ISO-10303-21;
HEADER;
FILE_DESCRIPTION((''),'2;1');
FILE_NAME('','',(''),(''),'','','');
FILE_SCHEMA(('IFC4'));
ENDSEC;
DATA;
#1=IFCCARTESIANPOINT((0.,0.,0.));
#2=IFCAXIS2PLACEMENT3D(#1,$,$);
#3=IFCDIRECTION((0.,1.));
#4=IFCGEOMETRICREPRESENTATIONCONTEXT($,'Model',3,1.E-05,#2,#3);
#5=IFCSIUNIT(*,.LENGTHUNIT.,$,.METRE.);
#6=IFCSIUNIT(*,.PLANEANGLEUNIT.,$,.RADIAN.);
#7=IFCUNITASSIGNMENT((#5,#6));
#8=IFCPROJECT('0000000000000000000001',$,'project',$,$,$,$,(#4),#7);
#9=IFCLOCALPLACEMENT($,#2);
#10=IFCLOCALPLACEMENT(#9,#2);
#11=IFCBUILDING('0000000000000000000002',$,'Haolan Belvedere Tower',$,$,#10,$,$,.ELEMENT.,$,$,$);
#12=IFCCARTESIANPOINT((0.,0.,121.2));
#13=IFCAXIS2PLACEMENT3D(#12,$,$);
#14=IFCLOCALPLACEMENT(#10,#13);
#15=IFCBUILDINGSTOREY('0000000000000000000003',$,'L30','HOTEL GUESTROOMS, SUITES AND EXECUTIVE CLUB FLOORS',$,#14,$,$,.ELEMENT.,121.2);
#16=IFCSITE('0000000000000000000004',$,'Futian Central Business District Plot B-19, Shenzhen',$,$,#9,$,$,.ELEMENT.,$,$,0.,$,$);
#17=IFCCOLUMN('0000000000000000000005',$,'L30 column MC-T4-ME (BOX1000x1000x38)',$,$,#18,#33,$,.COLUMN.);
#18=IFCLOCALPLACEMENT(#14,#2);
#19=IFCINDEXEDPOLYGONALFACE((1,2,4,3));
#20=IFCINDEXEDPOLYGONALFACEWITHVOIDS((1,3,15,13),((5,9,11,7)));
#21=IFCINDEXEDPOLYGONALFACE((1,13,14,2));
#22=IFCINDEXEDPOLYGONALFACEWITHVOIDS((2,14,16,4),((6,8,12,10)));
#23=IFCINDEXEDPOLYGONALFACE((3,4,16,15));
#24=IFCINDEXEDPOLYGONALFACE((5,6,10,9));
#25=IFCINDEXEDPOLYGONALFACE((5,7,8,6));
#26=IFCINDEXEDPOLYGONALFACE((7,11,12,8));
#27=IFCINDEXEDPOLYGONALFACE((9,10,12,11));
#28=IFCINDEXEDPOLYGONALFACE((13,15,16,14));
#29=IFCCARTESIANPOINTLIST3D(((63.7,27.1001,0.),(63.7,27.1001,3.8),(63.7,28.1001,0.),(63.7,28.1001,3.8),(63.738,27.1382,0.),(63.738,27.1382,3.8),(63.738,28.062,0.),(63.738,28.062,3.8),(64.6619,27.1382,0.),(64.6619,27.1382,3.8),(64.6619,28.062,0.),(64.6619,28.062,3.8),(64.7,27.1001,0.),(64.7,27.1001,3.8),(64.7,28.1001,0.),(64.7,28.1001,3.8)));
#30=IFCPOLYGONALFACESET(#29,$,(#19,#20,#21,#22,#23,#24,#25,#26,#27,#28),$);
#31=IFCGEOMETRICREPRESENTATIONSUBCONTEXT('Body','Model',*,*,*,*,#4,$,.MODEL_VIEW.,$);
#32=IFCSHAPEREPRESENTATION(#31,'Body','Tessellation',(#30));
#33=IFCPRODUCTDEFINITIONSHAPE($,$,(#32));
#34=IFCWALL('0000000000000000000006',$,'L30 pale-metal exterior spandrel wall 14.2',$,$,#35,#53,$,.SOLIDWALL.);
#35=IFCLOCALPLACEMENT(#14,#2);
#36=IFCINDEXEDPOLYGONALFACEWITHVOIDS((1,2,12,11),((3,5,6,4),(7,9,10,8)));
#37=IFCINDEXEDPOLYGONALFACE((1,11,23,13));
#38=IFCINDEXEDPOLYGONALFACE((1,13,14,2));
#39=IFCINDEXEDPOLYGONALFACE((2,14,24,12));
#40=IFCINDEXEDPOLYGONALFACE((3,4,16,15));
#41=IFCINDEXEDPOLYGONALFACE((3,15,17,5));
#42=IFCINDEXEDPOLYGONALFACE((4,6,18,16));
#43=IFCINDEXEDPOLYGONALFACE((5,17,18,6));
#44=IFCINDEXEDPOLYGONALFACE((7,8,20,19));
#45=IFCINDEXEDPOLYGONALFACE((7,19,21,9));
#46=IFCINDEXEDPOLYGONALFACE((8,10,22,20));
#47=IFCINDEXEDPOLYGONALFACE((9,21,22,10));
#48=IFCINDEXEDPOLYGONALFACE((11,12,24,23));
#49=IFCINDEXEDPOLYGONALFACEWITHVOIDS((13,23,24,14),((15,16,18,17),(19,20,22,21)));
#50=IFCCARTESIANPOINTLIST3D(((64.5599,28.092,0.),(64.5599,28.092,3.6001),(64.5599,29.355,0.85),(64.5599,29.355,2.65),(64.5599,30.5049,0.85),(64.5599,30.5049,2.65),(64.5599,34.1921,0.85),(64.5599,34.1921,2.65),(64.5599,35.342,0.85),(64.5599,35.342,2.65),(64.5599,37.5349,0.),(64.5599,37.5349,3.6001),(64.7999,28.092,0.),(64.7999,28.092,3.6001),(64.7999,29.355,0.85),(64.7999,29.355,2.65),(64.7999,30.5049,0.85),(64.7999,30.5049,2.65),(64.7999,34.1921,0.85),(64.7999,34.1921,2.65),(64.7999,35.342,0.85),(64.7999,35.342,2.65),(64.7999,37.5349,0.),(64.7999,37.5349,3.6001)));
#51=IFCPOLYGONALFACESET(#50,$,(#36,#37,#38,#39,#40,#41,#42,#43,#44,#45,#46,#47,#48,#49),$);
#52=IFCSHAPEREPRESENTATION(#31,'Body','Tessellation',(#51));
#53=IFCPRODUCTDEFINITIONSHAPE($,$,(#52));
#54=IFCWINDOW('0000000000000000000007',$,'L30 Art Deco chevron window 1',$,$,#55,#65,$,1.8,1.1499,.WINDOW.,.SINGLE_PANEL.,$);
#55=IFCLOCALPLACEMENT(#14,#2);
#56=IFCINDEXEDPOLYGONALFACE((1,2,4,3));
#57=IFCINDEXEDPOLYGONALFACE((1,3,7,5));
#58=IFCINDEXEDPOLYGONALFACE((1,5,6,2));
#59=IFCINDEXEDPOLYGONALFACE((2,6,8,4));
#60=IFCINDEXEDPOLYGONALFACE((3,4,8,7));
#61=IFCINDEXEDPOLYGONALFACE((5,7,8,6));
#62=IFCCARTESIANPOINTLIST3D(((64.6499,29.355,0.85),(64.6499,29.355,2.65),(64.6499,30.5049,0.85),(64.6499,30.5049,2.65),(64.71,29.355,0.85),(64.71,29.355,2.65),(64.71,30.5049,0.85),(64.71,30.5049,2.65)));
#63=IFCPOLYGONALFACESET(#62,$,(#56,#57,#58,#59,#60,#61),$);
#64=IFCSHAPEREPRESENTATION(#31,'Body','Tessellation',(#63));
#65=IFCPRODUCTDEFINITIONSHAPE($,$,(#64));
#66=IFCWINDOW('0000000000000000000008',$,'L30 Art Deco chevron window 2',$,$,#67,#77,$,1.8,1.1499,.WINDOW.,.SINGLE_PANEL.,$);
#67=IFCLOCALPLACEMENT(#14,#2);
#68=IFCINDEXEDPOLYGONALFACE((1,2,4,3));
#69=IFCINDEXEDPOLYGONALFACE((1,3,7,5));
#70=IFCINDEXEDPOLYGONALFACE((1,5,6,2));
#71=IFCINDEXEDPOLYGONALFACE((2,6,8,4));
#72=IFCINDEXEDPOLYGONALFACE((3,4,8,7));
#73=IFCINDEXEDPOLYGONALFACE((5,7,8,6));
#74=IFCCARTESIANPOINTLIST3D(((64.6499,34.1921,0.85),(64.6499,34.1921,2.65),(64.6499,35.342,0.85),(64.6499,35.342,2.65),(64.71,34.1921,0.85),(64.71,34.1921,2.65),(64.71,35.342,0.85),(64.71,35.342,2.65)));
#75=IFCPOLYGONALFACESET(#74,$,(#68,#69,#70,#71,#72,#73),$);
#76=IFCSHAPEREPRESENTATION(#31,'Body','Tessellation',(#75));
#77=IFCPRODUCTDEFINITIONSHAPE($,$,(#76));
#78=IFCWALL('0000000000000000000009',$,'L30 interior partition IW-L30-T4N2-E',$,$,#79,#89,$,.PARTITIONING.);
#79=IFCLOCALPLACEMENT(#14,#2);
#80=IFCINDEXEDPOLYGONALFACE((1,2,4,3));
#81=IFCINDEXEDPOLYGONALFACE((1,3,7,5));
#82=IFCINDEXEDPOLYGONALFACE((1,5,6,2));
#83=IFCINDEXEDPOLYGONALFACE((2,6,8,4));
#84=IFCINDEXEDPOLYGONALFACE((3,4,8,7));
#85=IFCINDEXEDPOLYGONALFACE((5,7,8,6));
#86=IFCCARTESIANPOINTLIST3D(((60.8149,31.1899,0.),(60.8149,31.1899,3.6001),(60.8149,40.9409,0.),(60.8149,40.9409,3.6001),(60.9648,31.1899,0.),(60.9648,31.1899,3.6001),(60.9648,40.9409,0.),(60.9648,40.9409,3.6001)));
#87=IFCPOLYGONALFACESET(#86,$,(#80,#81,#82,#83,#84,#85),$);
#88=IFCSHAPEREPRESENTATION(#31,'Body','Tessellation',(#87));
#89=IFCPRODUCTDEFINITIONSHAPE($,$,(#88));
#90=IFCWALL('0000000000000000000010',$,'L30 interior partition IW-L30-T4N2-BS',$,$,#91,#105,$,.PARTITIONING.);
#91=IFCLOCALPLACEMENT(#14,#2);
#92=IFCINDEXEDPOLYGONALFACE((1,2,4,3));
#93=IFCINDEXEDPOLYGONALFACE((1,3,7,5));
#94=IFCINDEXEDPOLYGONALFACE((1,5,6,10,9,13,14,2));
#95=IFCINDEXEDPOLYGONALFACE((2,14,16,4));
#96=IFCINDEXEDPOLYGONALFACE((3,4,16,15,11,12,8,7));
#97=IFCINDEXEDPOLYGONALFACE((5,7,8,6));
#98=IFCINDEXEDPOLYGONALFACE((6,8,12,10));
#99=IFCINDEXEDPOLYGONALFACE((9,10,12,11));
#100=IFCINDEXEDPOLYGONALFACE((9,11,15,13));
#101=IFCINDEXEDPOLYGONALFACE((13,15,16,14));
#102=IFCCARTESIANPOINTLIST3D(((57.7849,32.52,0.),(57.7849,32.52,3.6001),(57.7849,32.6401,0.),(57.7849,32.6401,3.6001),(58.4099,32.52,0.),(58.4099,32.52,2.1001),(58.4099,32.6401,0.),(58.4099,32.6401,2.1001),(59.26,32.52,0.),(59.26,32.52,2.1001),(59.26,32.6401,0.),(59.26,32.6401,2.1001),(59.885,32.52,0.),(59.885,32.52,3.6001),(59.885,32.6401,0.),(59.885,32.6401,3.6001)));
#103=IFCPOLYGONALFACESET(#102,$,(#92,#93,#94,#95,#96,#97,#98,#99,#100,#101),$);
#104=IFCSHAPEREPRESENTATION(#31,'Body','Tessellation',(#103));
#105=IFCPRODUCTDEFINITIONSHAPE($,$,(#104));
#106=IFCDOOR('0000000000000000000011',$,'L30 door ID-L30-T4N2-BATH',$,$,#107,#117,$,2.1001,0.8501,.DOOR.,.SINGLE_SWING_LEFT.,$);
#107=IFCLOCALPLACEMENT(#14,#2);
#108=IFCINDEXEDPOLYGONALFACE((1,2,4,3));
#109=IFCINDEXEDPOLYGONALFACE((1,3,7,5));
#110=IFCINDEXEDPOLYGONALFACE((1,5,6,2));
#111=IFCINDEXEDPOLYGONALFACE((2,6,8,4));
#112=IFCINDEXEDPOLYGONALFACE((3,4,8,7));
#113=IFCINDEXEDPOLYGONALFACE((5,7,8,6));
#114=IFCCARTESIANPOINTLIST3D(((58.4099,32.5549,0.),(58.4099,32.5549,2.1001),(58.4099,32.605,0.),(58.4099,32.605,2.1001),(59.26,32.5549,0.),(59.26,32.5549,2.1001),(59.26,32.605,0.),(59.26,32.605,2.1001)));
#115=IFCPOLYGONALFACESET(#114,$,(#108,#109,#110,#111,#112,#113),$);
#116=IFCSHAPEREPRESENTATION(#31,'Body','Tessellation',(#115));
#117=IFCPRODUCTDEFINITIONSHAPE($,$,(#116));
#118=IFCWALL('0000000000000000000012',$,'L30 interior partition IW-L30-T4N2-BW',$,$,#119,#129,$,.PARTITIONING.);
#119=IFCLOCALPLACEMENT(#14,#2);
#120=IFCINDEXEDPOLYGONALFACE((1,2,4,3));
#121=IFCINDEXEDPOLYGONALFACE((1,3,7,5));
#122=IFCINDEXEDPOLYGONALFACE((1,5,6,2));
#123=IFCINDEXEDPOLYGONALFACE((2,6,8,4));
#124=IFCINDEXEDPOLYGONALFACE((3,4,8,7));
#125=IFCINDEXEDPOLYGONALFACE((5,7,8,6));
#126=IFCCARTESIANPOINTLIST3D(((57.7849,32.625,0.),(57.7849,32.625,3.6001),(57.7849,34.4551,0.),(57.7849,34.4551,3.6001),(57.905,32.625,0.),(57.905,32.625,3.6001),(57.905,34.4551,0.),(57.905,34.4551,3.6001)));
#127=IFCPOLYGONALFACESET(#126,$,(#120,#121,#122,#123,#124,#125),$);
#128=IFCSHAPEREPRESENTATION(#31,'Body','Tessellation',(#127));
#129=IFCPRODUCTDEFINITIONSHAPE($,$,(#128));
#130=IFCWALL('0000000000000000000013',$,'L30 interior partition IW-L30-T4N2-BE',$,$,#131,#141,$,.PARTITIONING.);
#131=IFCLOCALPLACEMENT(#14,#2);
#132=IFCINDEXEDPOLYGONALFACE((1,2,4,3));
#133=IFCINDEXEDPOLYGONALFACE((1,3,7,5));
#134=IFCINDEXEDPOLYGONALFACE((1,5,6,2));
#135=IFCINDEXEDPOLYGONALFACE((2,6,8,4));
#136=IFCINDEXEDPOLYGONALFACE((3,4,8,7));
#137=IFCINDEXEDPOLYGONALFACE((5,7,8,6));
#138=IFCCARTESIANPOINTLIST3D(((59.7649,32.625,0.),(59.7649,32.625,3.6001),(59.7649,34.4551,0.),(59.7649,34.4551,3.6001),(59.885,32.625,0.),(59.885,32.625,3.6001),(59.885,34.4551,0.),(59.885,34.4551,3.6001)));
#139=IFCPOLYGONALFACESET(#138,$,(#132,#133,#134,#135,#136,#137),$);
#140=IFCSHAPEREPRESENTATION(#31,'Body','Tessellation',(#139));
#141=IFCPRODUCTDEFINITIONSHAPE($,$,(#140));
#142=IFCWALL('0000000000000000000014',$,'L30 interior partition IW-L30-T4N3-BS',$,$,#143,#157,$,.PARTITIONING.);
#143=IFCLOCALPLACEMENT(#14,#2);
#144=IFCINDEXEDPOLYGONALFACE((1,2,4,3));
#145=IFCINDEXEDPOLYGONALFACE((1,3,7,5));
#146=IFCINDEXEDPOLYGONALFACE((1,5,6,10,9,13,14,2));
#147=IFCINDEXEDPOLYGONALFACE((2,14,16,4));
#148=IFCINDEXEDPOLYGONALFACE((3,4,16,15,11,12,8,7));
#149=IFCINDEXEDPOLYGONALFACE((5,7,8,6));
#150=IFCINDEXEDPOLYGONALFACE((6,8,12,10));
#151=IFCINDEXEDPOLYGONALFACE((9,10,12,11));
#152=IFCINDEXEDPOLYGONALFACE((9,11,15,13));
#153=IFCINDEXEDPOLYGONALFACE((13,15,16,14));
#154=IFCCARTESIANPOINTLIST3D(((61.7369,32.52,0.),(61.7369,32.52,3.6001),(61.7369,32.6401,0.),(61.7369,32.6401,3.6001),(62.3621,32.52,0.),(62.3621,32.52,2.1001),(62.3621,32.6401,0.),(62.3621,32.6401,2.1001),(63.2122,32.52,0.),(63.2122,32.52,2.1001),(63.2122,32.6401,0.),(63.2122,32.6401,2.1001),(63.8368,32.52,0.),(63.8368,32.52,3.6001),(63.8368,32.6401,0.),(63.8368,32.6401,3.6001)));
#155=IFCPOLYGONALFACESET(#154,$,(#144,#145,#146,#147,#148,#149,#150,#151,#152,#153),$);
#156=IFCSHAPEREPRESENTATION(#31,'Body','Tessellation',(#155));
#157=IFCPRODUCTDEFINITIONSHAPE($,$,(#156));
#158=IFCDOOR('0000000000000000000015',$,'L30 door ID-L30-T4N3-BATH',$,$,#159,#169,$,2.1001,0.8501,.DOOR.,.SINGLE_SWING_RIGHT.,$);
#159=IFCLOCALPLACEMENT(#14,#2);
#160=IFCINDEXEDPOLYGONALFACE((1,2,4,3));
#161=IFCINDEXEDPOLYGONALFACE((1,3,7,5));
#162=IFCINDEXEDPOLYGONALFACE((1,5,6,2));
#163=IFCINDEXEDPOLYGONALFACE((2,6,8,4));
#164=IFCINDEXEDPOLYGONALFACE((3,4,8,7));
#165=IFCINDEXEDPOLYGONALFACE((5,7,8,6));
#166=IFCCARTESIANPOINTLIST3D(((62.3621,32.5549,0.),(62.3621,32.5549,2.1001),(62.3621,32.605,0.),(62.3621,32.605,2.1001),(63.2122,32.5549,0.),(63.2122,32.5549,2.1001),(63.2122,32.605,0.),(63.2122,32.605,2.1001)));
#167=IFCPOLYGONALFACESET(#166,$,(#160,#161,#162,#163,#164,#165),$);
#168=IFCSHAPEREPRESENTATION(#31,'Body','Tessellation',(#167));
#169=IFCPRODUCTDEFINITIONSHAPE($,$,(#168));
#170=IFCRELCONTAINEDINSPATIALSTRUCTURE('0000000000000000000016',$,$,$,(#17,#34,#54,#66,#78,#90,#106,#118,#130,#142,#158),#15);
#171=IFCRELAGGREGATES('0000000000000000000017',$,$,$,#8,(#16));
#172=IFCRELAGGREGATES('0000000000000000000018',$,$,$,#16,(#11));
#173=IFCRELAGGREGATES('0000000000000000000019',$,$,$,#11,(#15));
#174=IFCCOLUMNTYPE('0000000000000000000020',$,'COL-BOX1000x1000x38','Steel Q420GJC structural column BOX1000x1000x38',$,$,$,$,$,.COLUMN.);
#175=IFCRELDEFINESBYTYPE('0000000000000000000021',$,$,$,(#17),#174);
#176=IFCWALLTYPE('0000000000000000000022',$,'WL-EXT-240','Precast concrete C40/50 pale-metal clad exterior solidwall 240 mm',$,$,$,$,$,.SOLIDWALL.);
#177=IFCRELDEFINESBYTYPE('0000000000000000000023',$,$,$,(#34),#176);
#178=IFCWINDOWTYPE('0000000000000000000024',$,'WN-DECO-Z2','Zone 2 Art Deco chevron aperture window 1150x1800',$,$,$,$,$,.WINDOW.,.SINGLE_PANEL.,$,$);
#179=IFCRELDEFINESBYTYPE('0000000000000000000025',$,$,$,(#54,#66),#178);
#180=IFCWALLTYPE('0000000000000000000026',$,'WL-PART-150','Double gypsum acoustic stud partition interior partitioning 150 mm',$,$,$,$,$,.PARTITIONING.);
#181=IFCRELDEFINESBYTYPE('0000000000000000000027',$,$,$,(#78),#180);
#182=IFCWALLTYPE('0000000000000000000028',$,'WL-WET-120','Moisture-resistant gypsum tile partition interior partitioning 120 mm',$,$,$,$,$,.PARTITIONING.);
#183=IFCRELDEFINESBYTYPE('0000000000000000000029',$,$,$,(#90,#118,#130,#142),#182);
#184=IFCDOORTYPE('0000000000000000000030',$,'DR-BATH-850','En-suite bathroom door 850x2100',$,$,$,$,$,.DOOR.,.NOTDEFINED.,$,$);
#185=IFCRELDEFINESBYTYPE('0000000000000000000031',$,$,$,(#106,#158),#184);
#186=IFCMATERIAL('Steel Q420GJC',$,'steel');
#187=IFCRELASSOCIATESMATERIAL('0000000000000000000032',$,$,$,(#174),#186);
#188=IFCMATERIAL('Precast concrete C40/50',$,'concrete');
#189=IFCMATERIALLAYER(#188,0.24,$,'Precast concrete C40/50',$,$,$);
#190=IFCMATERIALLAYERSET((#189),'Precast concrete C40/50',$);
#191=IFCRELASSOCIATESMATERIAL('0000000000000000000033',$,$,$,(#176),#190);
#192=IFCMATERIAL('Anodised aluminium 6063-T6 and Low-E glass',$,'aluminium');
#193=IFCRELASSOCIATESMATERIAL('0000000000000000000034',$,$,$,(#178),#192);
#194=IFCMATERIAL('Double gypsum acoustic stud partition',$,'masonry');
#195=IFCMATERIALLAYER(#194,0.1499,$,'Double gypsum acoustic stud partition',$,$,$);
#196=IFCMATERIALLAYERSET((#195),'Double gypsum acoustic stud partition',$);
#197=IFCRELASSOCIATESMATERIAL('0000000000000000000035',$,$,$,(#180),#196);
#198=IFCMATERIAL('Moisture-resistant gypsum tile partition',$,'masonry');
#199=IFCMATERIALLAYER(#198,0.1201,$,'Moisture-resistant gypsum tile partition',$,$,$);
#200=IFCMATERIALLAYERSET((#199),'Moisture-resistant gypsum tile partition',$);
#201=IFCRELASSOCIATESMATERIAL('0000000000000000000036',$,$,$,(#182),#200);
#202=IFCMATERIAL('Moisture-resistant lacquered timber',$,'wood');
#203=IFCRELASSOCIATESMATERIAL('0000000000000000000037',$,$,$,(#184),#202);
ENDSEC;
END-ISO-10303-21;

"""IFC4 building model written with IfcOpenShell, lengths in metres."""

from ifc_helpers import new_model, si_unit, direction, frame, frame_2d, origin, origin_2d, place, context, subcontext, project, spatial, rectangle, hollow_rectangle, extrude, material, layer, layer_set, material_profile, profile_set, type_object, element, fill, save


model = new_model("IFC4")

# Units and contexts
model_context = context("Model", 3, precision=1e-05, world=origin(), true_north=direction((0.0, 1.0)))
body_context = subcontext(model_context, "Body", "Model", "MODEL_VIEW")
ifc_project = project(units=[si_unit("LENGTHUNIT", "METRE"), si_unit("PLANEANGLEUNIT", "RADIAN")], contexts=[model_context])

# Site, building, storey
site_placement = place(None, origin())
site = spatial("IfcSite", under=ifc_project, at=site_placement, Name="Futian Central Business District Plot B-19, Shenzhen", CompositionType="ELEMENT", RefElevation=0.0)
building_placement = place(site_placement, origin())
building = spatial("IfcBuilding", under=site, at=building_placement, Name="Haolan Belvedere Tower", CompositionType="ELEMENT")
storey_placement = place(building_placement, frame((0.0, 0.0, 121.2)))
storey = spatial("IfcBuildingStorey", under=building, at=storey_placement, Name="L30", Description="HOTEL GUESTROOMS, SUITES AND EXECUTIVE CLUB FLOORS", CompositionType="ELEMENT", Elevation=121.2)

# Column
ifc_material_1 = material(Name="Steel Q420GJC", Category="steel")
ifc_material_profile = material_profile(ifc_material_1, hollow_rectangle(XDim=1.0, YDim=1.0, WallThickness=0.0381, at=origin_2d()), Name="Steel Q420GJC")
ifc_profile_set = profile_set([ifc_material_profile], Name="Steel Q420GJC")
column_type = type_object("IfcColumnType", Name="COL-BOX1000x1000x38", Description="Steel Q420GJC structural column BOX1000x1000x38", PredefinedType="COLUMN", material=ifc_profile_set)
column_placement = place(storey_placement, frame((64.2, 27.6001, 0.0), z_axis=(0.0, 0.0, 1.0), x_axis=(1.0, 0.0, 0.0)))
element("IfcColumn", 1, at=column_placement, inside=storey, type_object=column_type, Name="L30 column MC-T4-ME (BOX1000x1000x38)", PredefinedType="COLUMN", context=body_context, shape_type="SweptSolid", body=[
    extrude(hollow_rectangle(XDim=1.0, YDim=1.0, WallThickness=0.0381, at=origin_2d()), origin(), (0.0, 0.0, 1.0), 3.8),
])

# Wall, openings, windows
ifc_material_2 = material(Name="Precast concrete C40/50", Category="concrete")
ifc_layer_1 = layer(ifc_material_2, 0.24, Name="Precast concrete C40/50")
ifc_layer_set_1 = layer_set([ifc_layer_1], Name="Precast concrete C40/50")
wall_type_1 = type_object("IfcWallType", Name="WL-EXT-240", Description="Precast concrete C40/50 pale-metal clad exterior solidwall 240 mm", PredefinedType="SOLIDWALL", material=ifc_layer_set_1)
wall_1_placement = place(storey_placement, frame((64.6799, 28.092, 0.0), z_axis=(0.0, 0.0, 1.0), x_axis=(0.0, 1.0, 0.0)))
wall_1 = element("IfcWall", 2, at=wall_1_placement, inside=storey, type_object=wall_type_1, Name="L30 pale-metal exterior spandrel wall 14.2", PredefinedType="SOLIDWALL", context=body_context, shape_type="SweptSolid", body=[
    extrude(rectangle(XDim=9.4429, YDim=0.24, at=frame_2d((4.7214, 0.0))), origin(), (0.0, 0.0, 1.0), 3.6001),
])
opening_1_placement = place(wall_1_placement, frame((1.2629, 0.0, 0.8501)))
opening_1 = element("IfcOpeningElement", 3, at=opening_1_placement, cuts=wall_1, PredefinedType="OPENING", context=body_context, shape_type="SweptSolid", body=[
    extrude(rectangle(XDim=1.1499, YDim=1.8, at=frame_2d((0.575, 0.8999))), frame((0.0, 0.1299, 0.0), z_axis=(0.0, -1.0, 0.0), x_axis=(1.0, 0.0, 0.0)), (0.0, 0.0, 1.0), 0.26),
])
opening_2_placement = place(wall_1_placement, frame((6.1001, 0.0, 0.8501)))
opening_2 = element("IfcOpeningElement", 4, at=opening_2_placement, cuts=wall_1, PredefinedType="OPENING", context=body_context, shape_type="SweptSolid", body=[
    extrude(rectangle(XDim=1.1499, YDim=1.8, at=frame_2d((0.575, 0.8999))), frame((0.0, 0.1299, 0.0), z_axis=(0.0, -1.0, 0.0), x_axis=(1.0, 0.0, 0.0)), (0.0, 0.0, 1.0), 0.26),
])
ifc_material_3 = material(Name="Anodised aluminium 6063-T6 and Low-E glass", Category="aluminium")
window_type = type_object("IfcWindowType", Name="WN-DECO-Z2", Description="Zone 2 Art Deco chevron aperture window 1150x1800", PartitioningType="SINGLE_PANEL", PredefinedType="WINDOW", material=ifc_material_3)
window_1_placement = place(opening_1_placement, origin())
window_1 = element("IfcWindow", 5, at=window_1_placement, inside=storey, type_object=window_type, Name="L30 Art Deco chevron window 1", OverallHeight=1.8, OverallWidth=1.1499, PartitioningType="SINGLE_PANEL", PredefinedType="WINDOW", context=body_context, shape_type="SweptSolid", body=[
    extrude(rectangle(XDim=1.1499, YDim=1.8, at=frame_2d((0.575, 0.8999))), frame((0.0, 0.03, 0.0), z_axis=(0.0, -1.0, 0.0), x_axis=(1.0, 0.0, 0.0)), (0.0, 0.0, 1.0), 0.0601),
])
fill(opening_1, window_1)
window_2_placement = place(opening_2_placement, origin())
window_2 = element("IfcWindow", 6, at=window_2_placement, inside=storey, type_object=window_type, Name="L30 Art Deco chevron window 2", OverallHeight=1.8, OverallWidth=1.1499, PartitioningType="SINGLE_PANEL", PredefinedType="WINDOW", context=body_context, shape_type="SweptSolid", body=[
    extrude(rectangle(XDim=1.1499, YDim=1.8, at=frame_2d((0.575, 0.8999))), frame((0.0, 0.03, 0.0), z_axis=(0.0, -1.0, 0.0), x_axis=(1.0, 0.0, 0.0)), (0.0, 0.0, 1.0), 0.0601),
])
fill(opening_2, window_2)

# Wall
ifc_material_4 = material(Name="Double gypsum acoustic stud partition", Category="masonry")
ifc_layer_2 = layer(ifc_material_4, 0.1499, Name="Double gypsum acoustic stud partition")
ifc_layer_set_2 = layer_set([ifc_layer_2], Name="Double gypsum acoustic stud partition")
wall_type_2 = type_object("IfcWallType", Name="WL-PART-150", Description="Double gypsum acoustic stud partition interior partitioning 150 mm", PredefinedType="PARTITIONING", material=ifc_layer_set_2)
wall_2_placement = place(storey_placement, frame((60.8899, 31.1899, 0.0), z_axis=(0.0, 0.0, 1.0), x_axis=(0.0, 1.0, 0.0)))
element("IfcWall", 7, at=wall_2_placement, inside=storey, type_object=wall_type_2, Name="L30 interior partition IW-L30-T4N2-E", PredefinedType="PARTITIONING", context=body_context, shape_type="SweptSolid", body=[
    extrude(rectangle(XDim=9.751, YDim=0.1499, at=frame_2d((4.8755, 0.0))), origin(), (0.0, 0.0, 1.0), 3.6001),
])

# Wall, opening, door
ifc_material_5 = material(Name="Moisture-resistant gypsum tile partition", Category="masonry")
ifc_layer_3 = layer(ifc_material_5, 0.1201, Name="Moisture-resistant gypsum tile partition")
ifc_layer_set_3 = layer_set([ifc_layer_3], Name="Moisture-resistant gypsum tile partition")
wall_type_3 = type_object("IfcWallType", Name="WL-WET-120", Description="Moisture-resistant gypsum tile partition interior partitioning 120 mm", PredefinedType="PARTITIONING", material=ifc_layer_set_3)
wall_3_placement = place(storey_placement, frame((57.7849, 32.5801, 0.0), z_axis=(0.0, 0.0, 1.0), x_axis=(1.0, 0.0, 0.0)))
wall_3 = element("IfcWall", 8, at=wall_3_placement, inside=storey, type_object=wall_type_3, Name="L30 interior partition IW-L30-T4N2-BS", PredefinedType="PARTITIONING", context=body_context, shape_type="SweptSolid", body=[
    extrude(rectangle(XDim=2.1001, YDim=0.1201, at=frame_2d((1.05, 0.0))), origin(), (0.0, 0.0, 1.0), 3.6001),
])
opening_3_placement = place(wall_3_placement, frame((0.625, 0.0, 0.0)))
opening_3 = element("IfcOpeningElement", 9, at=opening_3_placement, cuts=wall_3, PredefinedType="OPENING", context=body_context, shape_type="SweptSolid", body=[
    extrude(rectangle(XDim=0.8501, YDim=2.1001, at=frame_2d((0.425, 1.05))), frame((0.0, 0.0701, 0.0), z_axis=(0.0, -1.0, 0.0), x_axis=(1.0, 0.0, 0.0)), (0.0, 0.0, 1.0), 0.1401),
])
ifc_material_6 = material(Name="Moisture-resistant lacquered timber", Category="wood")
door_type_1 = type_object("IfcDoorType", Name="DR-BATH-850", Description="En-suite bathroom door 850x2100", OperationType="NOTDEFINED", PredefinedType="DOOR", material=ifc_material_6)
door_1_placement = place(opening_3_placement, origin())
door_1 = element("IfcDoor", 10, at=door_1_placement, inside=storey, type_object=door_type_1, Name="L30 door ID-L30-T4N2-BATH", OperationType="SINGLE_SWING_LEFT", OverallHeight=2.1001, OverallWidth=0.8501, PredefinedType="DOOR", context=body_context, shape_type="SweptSolid", body=[
    extrude(rectangle(XDim=0.8501, YDim=2.1001, at=frame_2d((0.425, 1.05))), frame((0.0, 0.0249, 0.0), z_axis=(0.0, -1.0, 0.0), x_axis=(1.0, 0.0, 0.0)), (0.0, 0.0, 1.0), 0.05),
])
fill(opening_3, door_1)

# Walls
for number, where, z_axis, x_axis, name in (
    (11, (57.845, 32.625, 0.0), (0.0, 0.0, 1.0), (0.0, 1.0, 0.0), "L30 interior partition IW-L30-T4N2-BW"),
    (12, (59.825, 32.625, 0.0), (0.0, 0.0, 1.0), (0.0, 1.0, 0.0), "L30 interior partition IW-L30-T4N2-BE"),
):
    element("IfcWall", number, at=place(storey_placement, frame(where, z_axis=z_axis, x_axis=x_axis)), inside=storey, type_object=wall_type_3, Name=name, PredefinedType="PARTITIONING", context=body_context, shape_type="SweptSolid", body=[
        extrude(rectangle(XDim=1.8301, YDim=0.1201, at=frame_2d((0.915, 0.0))), origin(), (0.0, 0.0, 1.0), 3.6001),
    ])

# Wall, opening, door
wall_4_placement = place(storey_placement, frame((61.7371, 32.5801, 0.0), z_axis=(0.0, 0.0, 1.0), x_axis=(1.0, 0.0, 0.0)))
wall_4 = element("IfcWall", 13, at=wall_4_placement, inside=storey, type_object=wall_type_3, Name="L30 interior partition IW-L30-T4N3-BS", PredefinedType="PARTITIONING", context=body_context, shape_type="SweptSolid", body=[
    extrude(rectangle(XDim=2.0999, YDim=0.1201, at=frame_2d((1.0498, 0.0))), origin(), (0.0, 0.0, 1.0), 3.6001),
])
opening_4_placement = place(wall_4_placement, frame((0.625, 0.0, 0.0)))
opening_4 = element("IfcOpeningElement", 14, at=opening_4_placement, cuts=wall_4, PredefinedType="OPENING", context=body_context, shape_type="SweptSolid", body=[
    extrude(rectangle(XDim=0.8501, YDim=2.1001, at=frame_2d((0.425, 1.05))), frame((0.0, 0.0701, 0.0), z_axis=(0.0, -1.0, 0.0), x_axis=(1.0, 0.0, 0.0)), (0.0, 0.0, 1.0), 0.1401),
])
door_2_placement = place(opening_4_placement, origin())
door_2 = element("IfcDoor", 15, at=door_2_placement, inside=storey, type_object=door_type_1, Name="L30 door ID-L30-T4N3-BATH", OperationType="SINGLE_SWING_RIGHT", OverallHeight=2.1001, OverallWidth=0.8501, PredefinedType="DOOR", context=body_context, shape_type="SweptSolid", body=[
    extrude(rectangle(XDim=0.8501, YDim=2.1001, at=frame_2d((0.425, 1.05))), frame((0.0, 0.0249, 0.0), z_axis=(0.0, -1.0, 0.0), x_axis=(1.0, 0.0, 0.0)), (0.0, 0.0, 1.0), 0.05),
])
fill(opening_4, door_2)

save(model, "model.ifc")
